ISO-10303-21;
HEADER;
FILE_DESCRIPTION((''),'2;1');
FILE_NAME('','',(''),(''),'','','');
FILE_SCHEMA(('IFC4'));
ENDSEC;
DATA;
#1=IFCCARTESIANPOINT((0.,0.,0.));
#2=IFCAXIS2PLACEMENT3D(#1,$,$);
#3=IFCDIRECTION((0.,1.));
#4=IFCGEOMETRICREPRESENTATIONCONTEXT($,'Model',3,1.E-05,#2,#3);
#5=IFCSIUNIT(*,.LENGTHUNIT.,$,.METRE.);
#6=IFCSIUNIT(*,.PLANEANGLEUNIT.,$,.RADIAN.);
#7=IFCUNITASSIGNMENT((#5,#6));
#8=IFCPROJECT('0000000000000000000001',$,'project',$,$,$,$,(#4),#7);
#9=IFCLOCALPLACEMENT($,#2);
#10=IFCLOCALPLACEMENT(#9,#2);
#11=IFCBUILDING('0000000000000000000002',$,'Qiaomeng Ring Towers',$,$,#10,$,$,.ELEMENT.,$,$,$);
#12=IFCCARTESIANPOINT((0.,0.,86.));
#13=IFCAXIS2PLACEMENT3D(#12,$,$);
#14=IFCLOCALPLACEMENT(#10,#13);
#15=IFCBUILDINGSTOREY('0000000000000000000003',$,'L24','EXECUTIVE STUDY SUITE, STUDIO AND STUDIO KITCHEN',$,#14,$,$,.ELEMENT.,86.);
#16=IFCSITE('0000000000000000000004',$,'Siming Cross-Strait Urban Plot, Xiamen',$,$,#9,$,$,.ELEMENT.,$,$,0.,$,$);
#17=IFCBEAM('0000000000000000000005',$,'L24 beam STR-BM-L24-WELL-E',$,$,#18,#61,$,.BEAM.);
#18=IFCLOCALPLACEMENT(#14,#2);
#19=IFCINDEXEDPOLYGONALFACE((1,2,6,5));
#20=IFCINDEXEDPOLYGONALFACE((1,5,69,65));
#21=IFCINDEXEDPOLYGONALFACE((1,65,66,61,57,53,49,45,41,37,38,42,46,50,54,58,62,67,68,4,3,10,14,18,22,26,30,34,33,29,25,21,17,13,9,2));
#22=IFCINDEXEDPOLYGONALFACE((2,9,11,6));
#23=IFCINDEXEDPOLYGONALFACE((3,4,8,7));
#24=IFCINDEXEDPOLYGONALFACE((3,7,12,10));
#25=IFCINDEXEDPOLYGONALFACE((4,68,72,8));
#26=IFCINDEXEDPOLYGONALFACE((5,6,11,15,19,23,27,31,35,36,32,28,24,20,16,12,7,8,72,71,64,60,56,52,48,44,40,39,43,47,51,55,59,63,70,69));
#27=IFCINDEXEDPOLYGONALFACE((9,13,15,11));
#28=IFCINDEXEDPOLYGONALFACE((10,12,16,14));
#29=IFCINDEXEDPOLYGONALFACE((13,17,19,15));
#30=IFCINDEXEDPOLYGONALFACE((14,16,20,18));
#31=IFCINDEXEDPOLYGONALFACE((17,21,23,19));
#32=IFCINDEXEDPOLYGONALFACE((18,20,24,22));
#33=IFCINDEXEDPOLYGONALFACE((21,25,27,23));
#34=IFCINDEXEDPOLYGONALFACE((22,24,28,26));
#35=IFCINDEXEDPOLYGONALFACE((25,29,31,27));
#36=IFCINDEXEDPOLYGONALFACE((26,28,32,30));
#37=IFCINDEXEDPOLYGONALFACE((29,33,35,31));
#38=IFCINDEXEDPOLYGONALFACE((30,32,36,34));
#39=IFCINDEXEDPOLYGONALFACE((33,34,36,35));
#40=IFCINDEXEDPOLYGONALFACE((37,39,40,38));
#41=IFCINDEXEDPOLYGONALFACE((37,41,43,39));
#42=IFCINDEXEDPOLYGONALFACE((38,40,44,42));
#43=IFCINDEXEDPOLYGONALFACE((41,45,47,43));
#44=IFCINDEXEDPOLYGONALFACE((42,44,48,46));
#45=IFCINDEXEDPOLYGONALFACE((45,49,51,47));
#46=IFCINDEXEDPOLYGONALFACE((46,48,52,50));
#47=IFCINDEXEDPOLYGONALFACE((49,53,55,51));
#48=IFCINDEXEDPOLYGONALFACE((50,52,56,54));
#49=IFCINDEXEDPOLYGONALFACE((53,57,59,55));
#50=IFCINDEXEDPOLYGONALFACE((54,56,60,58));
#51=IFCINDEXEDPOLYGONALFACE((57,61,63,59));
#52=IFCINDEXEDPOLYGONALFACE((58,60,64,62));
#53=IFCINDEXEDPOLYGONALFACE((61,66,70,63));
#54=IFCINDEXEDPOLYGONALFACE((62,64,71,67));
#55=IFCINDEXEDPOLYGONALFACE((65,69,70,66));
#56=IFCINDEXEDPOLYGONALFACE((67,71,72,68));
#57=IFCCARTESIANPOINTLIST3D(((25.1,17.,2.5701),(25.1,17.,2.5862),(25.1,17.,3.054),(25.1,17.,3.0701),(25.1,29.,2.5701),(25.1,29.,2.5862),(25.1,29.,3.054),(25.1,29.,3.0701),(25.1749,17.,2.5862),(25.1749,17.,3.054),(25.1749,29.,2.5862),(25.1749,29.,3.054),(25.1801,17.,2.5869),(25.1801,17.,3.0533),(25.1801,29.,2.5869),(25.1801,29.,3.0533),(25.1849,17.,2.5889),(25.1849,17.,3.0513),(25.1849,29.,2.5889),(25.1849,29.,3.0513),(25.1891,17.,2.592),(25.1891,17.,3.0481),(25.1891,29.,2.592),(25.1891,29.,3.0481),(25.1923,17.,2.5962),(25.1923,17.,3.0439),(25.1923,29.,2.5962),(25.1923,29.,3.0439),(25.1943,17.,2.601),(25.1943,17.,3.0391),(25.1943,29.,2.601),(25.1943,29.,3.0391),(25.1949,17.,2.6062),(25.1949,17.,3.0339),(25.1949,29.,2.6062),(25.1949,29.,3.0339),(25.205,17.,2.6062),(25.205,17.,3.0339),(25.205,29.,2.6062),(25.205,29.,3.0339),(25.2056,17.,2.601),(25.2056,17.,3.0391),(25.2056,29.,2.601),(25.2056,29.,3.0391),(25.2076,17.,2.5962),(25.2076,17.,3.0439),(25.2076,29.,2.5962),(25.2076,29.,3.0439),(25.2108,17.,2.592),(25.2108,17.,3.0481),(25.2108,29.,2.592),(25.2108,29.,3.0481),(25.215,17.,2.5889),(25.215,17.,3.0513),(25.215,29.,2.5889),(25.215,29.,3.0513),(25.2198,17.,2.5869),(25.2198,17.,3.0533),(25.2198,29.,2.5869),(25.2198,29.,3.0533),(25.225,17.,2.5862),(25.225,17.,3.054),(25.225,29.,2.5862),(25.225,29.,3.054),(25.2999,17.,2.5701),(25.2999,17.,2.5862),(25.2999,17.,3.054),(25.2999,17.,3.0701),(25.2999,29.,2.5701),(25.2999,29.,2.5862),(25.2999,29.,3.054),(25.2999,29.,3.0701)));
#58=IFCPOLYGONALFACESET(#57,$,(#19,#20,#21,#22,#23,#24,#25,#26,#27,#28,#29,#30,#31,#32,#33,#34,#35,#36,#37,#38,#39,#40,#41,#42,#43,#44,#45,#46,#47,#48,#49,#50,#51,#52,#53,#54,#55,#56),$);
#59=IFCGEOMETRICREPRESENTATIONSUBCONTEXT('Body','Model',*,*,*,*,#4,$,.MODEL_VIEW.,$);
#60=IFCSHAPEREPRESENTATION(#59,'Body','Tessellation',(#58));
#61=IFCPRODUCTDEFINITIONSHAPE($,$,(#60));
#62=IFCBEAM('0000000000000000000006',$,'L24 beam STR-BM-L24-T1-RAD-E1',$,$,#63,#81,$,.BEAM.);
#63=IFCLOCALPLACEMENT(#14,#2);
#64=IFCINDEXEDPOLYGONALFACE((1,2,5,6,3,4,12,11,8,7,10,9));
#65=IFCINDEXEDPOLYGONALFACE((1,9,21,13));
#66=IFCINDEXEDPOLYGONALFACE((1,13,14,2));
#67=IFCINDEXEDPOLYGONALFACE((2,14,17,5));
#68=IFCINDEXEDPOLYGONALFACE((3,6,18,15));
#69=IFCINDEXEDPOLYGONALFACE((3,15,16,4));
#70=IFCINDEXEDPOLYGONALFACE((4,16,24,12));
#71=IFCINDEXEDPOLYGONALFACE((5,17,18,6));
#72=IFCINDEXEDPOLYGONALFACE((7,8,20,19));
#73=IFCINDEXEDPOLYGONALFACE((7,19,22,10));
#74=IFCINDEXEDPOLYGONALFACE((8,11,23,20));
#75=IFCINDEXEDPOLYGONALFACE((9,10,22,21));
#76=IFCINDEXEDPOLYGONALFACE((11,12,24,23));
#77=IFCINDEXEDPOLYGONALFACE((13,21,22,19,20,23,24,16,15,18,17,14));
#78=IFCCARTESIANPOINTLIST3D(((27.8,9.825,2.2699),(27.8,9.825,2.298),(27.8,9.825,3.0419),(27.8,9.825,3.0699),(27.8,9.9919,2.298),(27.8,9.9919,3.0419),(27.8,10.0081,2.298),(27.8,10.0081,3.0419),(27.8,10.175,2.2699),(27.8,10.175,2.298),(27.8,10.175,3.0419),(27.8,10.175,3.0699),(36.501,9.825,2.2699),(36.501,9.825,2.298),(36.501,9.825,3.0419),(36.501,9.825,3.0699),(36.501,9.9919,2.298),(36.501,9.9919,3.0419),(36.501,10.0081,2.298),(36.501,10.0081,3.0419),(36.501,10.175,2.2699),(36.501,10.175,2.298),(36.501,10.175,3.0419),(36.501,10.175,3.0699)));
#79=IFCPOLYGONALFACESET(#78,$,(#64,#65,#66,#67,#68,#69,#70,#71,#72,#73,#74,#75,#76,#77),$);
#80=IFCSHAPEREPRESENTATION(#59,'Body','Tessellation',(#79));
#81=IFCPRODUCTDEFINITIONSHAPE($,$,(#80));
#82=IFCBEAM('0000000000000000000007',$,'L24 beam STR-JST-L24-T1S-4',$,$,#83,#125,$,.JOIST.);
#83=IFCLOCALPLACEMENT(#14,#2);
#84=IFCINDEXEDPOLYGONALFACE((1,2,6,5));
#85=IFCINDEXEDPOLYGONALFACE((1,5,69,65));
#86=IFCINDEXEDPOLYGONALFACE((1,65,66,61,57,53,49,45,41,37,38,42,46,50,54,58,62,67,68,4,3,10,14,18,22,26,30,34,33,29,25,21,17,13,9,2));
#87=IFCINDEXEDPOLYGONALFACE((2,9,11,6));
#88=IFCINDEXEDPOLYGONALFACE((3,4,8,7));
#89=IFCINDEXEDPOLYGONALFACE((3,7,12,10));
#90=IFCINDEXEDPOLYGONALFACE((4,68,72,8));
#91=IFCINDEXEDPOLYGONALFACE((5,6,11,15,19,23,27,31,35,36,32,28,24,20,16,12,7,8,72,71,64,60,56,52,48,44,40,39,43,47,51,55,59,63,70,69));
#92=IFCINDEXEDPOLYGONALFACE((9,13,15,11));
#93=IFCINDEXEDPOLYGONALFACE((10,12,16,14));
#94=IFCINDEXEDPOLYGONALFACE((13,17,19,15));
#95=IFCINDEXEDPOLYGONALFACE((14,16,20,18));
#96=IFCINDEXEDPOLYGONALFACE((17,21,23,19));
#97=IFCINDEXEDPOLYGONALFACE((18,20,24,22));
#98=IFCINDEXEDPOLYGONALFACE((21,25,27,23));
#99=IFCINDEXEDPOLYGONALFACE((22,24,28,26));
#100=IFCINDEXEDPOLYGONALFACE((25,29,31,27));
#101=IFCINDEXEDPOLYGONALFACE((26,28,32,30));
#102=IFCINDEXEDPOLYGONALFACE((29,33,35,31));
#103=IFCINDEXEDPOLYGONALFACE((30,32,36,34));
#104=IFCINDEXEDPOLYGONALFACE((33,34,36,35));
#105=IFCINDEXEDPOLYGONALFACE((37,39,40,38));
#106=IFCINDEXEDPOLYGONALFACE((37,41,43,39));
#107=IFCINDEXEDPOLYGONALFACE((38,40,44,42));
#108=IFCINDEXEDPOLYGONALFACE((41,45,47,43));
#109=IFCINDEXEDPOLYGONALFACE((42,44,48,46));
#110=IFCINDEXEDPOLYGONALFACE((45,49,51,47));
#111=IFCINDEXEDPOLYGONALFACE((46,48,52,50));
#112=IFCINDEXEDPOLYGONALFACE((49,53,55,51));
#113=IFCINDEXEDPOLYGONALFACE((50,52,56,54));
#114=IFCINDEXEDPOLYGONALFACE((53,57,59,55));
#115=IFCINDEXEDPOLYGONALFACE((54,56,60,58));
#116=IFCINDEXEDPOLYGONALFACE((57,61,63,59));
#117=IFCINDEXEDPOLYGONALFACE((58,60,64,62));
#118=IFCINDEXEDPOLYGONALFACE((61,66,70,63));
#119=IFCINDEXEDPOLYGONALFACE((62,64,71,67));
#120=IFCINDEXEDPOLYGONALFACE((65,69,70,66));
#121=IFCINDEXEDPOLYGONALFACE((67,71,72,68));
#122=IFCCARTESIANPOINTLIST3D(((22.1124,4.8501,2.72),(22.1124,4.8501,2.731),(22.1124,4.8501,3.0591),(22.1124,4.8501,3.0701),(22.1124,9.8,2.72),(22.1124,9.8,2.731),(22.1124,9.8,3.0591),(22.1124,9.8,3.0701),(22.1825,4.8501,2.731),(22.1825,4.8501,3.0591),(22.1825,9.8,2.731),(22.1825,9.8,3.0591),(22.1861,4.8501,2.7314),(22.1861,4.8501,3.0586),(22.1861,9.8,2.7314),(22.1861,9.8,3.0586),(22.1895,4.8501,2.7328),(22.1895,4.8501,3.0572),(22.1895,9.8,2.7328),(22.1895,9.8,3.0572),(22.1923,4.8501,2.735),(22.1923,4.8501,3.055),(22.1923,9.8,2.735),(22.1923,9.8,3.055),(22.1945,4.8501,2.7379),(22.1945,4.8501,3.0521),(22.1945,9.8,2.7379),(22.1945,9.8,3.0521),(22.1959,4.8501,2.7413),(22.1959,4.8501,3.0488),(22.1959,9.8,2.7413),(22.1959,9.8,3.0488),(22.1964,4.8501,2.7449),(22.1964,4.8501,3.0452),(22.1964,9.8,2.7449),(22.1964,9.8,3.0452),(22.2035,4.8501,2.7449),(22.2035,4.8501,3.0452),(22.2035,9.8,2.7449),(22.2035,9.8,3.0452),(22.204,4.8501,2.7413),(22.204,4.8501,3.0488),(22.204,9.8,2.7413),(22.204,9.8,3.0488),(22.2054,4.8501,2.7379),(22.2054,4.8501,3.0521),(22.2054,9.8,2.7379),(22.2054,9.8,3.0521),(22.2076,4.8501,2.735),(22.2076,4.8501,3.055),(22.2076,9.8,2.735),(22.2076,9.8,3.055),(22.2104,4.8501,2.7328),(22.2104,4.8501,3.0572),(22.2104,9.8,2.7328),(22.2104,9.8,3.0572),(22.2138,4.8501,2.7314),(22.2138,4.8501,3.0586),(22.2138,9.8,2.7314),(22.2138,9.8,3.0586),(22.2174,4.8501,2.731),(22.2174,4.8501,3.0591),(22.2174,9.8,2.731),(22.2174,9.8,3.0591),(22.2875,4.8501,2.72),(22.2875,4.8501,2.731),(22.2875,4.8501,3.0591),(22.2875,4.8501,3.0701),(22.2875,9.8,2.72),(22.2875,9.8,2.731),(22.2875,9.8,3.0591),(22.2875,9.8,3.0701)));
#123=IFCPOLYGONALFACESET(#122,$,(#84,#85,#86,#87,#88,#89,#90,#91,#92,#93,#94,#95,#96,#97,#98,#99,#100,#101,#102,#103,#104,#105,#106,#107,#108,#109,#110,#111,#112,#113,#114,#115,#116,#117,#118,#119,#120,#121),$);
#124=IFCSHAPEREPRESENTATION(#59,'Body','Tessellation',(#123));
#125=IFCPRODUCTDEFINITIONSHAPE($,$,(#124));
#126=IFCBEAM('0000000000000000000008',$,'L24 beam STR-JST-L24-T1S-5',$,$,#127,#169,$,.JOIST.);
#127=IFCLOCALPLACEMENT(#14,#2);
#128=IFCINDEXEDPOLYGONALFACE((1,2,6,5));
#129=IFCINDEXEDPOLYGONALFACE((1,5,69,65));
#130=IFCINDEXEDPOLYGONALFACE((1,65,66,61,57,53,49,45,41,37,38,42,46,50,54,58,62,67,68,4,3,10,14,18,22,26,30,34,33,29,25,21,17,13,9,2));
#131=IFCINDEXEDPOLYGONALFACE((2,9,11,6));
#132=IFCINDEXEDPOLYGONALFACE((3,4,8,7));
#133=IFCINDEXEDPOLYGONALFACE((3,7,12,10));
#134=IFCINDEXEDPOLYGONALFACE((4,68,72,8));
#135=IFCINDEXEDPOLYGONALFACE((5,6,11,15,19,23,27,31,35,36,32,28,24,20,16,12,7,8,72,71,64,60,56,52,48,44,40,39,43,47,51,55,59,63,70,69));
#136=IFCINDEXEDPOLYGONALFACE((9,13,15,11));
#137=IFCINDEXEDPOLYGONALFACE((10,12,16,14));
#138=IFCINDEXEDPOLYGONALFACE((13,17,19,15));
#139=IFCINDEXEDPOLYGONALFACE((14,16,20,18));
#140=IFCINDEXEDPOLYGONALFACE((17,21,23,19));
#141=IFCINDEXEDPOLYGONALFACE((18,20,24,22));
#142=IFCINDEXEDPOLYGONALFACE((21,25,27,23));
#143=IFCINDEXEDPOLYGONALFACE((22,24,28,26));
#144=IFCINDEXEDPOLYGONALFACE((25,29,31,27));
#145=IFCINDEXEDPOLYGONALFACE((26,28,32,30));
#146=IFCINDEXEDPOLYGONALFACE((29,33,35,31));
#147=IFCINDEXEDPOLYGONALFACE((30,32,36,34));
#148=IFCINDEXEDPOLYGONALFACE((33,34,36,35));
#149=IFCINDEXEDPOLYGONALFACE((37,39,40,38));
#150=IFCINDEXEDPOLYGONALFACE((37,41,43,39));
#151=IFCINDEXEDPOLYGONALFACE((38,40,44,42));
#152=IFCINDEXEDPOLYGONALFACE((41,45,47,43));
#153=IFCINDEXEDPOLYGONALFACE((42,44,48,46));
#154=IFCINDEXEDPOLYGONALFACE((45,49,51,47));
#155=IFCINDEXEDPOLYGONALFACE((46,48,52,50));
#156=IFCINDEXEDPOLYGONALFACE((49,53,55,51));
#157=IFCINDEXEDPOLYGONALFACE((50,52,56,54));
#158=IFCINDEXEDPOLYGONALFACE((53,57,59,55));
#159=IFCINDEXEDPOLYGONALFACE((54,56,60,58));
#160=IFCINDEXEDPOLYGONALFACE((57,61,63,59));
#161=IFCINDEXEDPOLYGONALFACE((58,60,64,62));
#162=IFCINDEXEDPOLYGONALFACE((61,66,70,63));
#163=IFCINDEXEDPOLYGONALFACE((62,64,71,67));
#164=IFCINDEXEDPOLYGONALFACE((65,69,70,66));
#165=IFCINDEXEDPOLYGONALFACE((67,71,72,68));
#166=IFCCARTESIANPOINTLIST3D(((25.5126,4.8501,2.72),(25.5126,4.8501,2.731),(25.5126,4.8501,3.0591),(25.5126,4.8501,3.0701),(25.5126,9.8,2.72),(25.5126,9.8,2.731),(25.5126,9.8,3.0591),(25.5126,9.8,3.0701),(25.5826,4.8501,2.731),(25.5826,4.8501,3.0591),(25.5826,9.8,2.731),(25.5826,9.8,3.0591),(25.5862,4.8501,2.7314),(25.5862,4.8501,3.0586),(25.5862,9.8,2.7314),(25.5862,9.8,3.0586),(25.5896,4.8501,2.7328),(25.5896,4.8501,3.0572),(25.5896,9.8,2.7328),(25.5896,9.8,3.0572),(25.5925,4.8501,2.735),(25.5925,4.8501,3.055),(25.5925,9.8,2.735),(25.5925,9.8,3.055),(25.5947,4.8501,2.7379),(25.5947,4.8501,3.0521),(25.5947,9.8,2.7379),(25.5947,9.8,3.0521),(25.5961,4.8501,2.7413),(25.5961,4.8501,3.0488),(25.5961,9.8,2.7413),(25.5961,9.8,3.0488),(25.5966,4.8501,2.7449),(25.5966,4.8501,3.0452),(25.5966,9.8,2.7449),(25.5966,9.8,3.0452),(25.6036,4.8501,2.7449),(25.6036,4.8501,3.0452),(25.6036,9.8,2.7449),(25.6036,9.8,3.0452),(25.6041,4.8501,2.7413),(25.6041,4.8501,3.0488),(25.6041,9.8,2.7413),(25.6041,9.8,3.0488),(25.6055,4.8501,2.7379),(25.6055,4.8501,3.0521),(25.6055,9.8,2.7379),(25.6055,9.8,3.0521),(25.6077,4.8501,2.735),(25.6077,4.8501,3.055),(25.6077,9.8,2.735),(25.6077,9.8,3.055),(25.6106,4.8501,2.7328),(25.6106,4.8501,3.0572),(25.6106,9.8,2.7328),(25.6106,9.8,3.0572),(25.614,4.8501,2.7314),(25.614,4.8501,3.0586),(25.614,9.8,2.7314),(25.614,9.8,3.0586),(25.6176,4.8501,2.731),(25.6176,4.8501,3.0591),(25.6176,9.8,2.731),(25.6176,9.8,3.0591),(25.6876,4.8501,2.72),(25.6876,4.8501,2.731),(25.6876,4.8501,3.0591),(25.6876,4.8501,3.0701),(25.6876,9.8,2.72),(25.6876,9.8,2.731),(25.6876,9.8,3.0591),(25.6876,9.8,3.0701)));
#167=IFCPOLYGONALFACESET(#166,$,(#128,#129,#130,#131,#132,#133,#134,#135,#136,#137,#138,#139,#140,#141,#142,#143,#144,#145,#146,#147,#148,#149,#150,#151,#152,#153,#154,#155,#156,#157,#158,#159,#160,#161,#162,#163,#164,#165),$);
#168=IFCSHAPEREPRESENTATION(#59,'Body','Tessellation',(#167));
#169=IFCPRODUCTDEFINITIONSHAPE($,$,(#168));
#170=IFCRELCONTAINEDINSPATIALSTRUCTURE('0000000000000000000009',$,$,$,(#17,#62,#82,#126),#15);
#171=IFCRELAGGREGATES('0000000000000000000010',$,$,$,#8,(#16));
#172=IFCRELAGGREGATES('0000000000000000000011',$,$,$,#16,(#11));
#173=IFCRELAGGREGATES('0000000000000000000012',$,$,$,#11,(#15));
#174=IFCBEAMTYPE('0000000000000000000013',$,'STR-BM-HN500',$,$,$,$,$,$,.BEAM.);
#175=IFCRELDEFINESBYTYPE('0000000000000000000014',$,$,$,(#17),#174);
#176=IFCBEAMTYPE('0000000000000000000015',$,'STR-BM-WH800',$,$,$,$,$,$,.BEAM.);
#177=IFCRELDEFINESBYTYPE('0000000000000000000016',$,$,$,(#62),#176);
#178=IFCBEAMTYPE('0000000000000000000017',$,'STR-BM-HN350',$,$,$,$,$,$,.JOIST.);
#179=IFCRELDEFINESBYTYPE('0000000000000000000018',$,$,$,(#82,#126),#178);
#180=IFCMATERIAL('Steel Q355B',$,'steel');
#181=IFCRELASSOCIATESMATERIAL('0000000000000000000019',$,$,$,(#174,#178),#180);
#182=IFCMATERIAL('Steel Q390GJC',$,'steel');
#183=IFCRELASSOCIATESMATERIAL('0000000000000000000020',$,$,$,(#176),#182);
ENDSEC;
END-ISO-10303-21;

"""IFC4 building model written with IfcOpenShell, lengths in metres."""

from ifc_helpers import new_model, si_unit, direction, frame, origin, origin_2d, place, context, subcontext, project, spatial, i_section, extrude, source, transform, mapped, material, material_profile, profile_set, type_object, element, save


model = new_model("IFC4")

# Units and contexts
model_context = context("Model", 3, precision=1e-05, world=origin(), true_north=direction((0.0, 1.0)))
body_context = subcontext(model_context, "Body", "Model", "MODEL_VIEW")
ifc_project = project(units=[si_unit("LENGTHUNIT", "METRE"), si_unit("PLANEANGLEUNIT", "RADIAN")], contexts=[model_context])

# Site, building, storey
site_placement = place(None, origin())
site = spatial("IfcSite", under=ifc_project, at=site_placement, Name="Siming Cross-Strait Urban Plot, Xiamen", CompositionType="ELEMENT", RefElevation=0.0)
building_placement = place(site_placement, origin())
building = spatial("IfcBuilding", under=site, at=building_placement, Name="Qiaomeng Ring Towers", CompositionType="ELEMENT")
storey_placement = place(building_placement, frame((0.0, 0.0, 86.0)))
storey = spatial("IfcBuildingStorey", under=building, at=storey_placement, Name="L24", Description="EXECUTIVE STUDY SUITE, STUDIO AND STUDIO KITCHEN", CompositionType="ELEMENT", Elevation=86.0)

# Beams
ifc_material_1 = material(Name="Steel Q355B", Category="steel")
ifc_material_profile_1 = material_profile(ifc_material_1, i_section(OverallWidth=0.2, OverallDepth=0.5, WebThickness=0.01, FlangeThickness=0.0161, FilletRadius=0.02, at=origin_2d()), Name="HN 500x200x10x16")
ifc_profile_set_1 = profile_set([ifc_material_profile_1], Name="Steel Q355B")
beam_type_1 = type_object("IfcBeamType", Name="STR-BM-HN500", PredefinedType="BEAM", material=ifc_profile_set_1)
shared_shape_1 = source(origin(), body_context, "Body", "SweptSolid", [
    extrude(i_section(OverallWidth=0.2, OverallDepth=0.5, WebThickness=0.01, FlangeThickness=0.0161, FilletRadius=0.02, at=origin_2d()), origin(), (0.0, 0.0, 1.0), 12.0),
])
beam_1_placement = place(storey_placement, frame((25.2, 17.0, 2.8201), z_axis=(0.0, 1.0, 0.0), x_axis=(-1.0, 0.0, 0.0)))
element("IfcBeam", 1, at=beam_1_placement, inside=storey, type_object=beam_type_1, Name="L24 beam STR-BM-L24-WELL-E", PredefinedType="BEAM", context=body_context, shape_type="MappedRepresentation", body=[
    mapped(shared_shape_1, transform((0.0, 0.0, 0.0), x_axis=(1.0, 0.0, 0.0), y_axis=(0.0, 1.0, 0.0), z_axis=(0.0, 0.0, 1.0), scale=1.0)),
])
ifc_material_2 = material(Name="Steel Q390GJC", Category="steel")
ifc_material_profile_2 = material_profile(ifc_material_2, i_section(OverallWidth=0.3501, OverallDepth=0.8, WebThickness=0.0161, FlangeThickness=0.0281, at=origin_2d()), Name="WH 800x350x16x28")
ifc_profile_set_2 = profile_set([ifc_material_profile_2], Name="Steel Q390GJC")
beam_type_2 = type_object("IfcBeamType", Name="STR-BM-WH800", PredefinedType="BEAM", material=ifc_profile_set_2)
shared_shape_2 = source(origin(), body_context, "Body", "SweptSolid", [
    extrude(i_section(OverallWidth=0.3501, OverallDepth=0.8, WebThickness=0.0161, FlangeThickness=0.0281, at=origin_2d()), origin(), (0.0, 0.0, 1.0), 8.7009),
])
beam_2_placement = place(storey_placement, frame((27.8, 10.0, 2.6699), z_axis=(1.0, 0.0, 0.0), x_axis=(0.0, 1.0, 0.0)))
element("IfcBeam", 2, at=beam_2_placement, inside=storey, type_object=beam_type_2, Name="L24 beam STR-BM-L24-T1-RAD-E1", PredefinedType="BEAM", context=body_context, shape_type="MappedRepresentation", body=[
    mapped(shared_shape_2, transform((0.0, 0.0, 0.0), x_axis=(1.0, 0.0, 0.0), y_axis=(0.0, 1.0, 0.0), z_axis=(0.0, 0.0, 1.0), scale=1.0)),
])
ifc_material_profile_3 = material_profile(ifc_material_1, i_section(OverallWidth=0.175, OverallDepth=0.3501, WebThickness=0.0071, FlangeThickness=0.011, FilletRadius=0.0139, at=origin_2d()), Name="HN 350x175x7x11")
ifc_profile_set_3 = profile_set([ifc_material_profile_3], Name="Steel Q355B")
beam_type_3 = type_object("IfcBeamType", Name="STR-BM-HN350", PredefinedType="JOIST", material=ifc_profile_set_3)
shared_shape_3 = source(origin(), body_context, "Body", "SweptSolid", [
    extrude(i_section(OverallWidth=0.175, OverallDepth=0.3501, WebThickness=0.0071, FlangeThickness=0.011, FilletRadius=0.0139, at=origin_2d()), origin(), (0.0, 0.0, 1.0), 4.95),
])
for number, where, z_axis, x_axis, name in (
    (3, (22.2, 4.8501, 2.895), (0.0, 1.0, 0.0), (-1.0, 0.0, 0.0), "L24 beam STR-JST-L24-T1S-4"),
    (4, (25.6001, 4.8501, 2.895), (0.0, 1.0, 0.0), (-1.0, 0.0, 0.0), "L24 beam STR-JST-L24-T1S-5"),
):
    element("IfcBeam", number, at=place(storey_placement, frame(where, z_axis=z_axis, x_axis=x_axis)), inside=storey, type_object=beam_type_3, Name=name, PredefinedType="JOIST", context=body_context, shape_type="MappedRepresentation", body=[
        mapped(shared_shape_3, transform((0.0, 0.0, 0.0), x_axis=(1.0, 0.0, 0.0), y_axis=(0.0, 1.0, 0.0), z_axis=(0.0, 0.0, 1.0), scale=1.0)),
    ])

save(model, "model.ifc")
